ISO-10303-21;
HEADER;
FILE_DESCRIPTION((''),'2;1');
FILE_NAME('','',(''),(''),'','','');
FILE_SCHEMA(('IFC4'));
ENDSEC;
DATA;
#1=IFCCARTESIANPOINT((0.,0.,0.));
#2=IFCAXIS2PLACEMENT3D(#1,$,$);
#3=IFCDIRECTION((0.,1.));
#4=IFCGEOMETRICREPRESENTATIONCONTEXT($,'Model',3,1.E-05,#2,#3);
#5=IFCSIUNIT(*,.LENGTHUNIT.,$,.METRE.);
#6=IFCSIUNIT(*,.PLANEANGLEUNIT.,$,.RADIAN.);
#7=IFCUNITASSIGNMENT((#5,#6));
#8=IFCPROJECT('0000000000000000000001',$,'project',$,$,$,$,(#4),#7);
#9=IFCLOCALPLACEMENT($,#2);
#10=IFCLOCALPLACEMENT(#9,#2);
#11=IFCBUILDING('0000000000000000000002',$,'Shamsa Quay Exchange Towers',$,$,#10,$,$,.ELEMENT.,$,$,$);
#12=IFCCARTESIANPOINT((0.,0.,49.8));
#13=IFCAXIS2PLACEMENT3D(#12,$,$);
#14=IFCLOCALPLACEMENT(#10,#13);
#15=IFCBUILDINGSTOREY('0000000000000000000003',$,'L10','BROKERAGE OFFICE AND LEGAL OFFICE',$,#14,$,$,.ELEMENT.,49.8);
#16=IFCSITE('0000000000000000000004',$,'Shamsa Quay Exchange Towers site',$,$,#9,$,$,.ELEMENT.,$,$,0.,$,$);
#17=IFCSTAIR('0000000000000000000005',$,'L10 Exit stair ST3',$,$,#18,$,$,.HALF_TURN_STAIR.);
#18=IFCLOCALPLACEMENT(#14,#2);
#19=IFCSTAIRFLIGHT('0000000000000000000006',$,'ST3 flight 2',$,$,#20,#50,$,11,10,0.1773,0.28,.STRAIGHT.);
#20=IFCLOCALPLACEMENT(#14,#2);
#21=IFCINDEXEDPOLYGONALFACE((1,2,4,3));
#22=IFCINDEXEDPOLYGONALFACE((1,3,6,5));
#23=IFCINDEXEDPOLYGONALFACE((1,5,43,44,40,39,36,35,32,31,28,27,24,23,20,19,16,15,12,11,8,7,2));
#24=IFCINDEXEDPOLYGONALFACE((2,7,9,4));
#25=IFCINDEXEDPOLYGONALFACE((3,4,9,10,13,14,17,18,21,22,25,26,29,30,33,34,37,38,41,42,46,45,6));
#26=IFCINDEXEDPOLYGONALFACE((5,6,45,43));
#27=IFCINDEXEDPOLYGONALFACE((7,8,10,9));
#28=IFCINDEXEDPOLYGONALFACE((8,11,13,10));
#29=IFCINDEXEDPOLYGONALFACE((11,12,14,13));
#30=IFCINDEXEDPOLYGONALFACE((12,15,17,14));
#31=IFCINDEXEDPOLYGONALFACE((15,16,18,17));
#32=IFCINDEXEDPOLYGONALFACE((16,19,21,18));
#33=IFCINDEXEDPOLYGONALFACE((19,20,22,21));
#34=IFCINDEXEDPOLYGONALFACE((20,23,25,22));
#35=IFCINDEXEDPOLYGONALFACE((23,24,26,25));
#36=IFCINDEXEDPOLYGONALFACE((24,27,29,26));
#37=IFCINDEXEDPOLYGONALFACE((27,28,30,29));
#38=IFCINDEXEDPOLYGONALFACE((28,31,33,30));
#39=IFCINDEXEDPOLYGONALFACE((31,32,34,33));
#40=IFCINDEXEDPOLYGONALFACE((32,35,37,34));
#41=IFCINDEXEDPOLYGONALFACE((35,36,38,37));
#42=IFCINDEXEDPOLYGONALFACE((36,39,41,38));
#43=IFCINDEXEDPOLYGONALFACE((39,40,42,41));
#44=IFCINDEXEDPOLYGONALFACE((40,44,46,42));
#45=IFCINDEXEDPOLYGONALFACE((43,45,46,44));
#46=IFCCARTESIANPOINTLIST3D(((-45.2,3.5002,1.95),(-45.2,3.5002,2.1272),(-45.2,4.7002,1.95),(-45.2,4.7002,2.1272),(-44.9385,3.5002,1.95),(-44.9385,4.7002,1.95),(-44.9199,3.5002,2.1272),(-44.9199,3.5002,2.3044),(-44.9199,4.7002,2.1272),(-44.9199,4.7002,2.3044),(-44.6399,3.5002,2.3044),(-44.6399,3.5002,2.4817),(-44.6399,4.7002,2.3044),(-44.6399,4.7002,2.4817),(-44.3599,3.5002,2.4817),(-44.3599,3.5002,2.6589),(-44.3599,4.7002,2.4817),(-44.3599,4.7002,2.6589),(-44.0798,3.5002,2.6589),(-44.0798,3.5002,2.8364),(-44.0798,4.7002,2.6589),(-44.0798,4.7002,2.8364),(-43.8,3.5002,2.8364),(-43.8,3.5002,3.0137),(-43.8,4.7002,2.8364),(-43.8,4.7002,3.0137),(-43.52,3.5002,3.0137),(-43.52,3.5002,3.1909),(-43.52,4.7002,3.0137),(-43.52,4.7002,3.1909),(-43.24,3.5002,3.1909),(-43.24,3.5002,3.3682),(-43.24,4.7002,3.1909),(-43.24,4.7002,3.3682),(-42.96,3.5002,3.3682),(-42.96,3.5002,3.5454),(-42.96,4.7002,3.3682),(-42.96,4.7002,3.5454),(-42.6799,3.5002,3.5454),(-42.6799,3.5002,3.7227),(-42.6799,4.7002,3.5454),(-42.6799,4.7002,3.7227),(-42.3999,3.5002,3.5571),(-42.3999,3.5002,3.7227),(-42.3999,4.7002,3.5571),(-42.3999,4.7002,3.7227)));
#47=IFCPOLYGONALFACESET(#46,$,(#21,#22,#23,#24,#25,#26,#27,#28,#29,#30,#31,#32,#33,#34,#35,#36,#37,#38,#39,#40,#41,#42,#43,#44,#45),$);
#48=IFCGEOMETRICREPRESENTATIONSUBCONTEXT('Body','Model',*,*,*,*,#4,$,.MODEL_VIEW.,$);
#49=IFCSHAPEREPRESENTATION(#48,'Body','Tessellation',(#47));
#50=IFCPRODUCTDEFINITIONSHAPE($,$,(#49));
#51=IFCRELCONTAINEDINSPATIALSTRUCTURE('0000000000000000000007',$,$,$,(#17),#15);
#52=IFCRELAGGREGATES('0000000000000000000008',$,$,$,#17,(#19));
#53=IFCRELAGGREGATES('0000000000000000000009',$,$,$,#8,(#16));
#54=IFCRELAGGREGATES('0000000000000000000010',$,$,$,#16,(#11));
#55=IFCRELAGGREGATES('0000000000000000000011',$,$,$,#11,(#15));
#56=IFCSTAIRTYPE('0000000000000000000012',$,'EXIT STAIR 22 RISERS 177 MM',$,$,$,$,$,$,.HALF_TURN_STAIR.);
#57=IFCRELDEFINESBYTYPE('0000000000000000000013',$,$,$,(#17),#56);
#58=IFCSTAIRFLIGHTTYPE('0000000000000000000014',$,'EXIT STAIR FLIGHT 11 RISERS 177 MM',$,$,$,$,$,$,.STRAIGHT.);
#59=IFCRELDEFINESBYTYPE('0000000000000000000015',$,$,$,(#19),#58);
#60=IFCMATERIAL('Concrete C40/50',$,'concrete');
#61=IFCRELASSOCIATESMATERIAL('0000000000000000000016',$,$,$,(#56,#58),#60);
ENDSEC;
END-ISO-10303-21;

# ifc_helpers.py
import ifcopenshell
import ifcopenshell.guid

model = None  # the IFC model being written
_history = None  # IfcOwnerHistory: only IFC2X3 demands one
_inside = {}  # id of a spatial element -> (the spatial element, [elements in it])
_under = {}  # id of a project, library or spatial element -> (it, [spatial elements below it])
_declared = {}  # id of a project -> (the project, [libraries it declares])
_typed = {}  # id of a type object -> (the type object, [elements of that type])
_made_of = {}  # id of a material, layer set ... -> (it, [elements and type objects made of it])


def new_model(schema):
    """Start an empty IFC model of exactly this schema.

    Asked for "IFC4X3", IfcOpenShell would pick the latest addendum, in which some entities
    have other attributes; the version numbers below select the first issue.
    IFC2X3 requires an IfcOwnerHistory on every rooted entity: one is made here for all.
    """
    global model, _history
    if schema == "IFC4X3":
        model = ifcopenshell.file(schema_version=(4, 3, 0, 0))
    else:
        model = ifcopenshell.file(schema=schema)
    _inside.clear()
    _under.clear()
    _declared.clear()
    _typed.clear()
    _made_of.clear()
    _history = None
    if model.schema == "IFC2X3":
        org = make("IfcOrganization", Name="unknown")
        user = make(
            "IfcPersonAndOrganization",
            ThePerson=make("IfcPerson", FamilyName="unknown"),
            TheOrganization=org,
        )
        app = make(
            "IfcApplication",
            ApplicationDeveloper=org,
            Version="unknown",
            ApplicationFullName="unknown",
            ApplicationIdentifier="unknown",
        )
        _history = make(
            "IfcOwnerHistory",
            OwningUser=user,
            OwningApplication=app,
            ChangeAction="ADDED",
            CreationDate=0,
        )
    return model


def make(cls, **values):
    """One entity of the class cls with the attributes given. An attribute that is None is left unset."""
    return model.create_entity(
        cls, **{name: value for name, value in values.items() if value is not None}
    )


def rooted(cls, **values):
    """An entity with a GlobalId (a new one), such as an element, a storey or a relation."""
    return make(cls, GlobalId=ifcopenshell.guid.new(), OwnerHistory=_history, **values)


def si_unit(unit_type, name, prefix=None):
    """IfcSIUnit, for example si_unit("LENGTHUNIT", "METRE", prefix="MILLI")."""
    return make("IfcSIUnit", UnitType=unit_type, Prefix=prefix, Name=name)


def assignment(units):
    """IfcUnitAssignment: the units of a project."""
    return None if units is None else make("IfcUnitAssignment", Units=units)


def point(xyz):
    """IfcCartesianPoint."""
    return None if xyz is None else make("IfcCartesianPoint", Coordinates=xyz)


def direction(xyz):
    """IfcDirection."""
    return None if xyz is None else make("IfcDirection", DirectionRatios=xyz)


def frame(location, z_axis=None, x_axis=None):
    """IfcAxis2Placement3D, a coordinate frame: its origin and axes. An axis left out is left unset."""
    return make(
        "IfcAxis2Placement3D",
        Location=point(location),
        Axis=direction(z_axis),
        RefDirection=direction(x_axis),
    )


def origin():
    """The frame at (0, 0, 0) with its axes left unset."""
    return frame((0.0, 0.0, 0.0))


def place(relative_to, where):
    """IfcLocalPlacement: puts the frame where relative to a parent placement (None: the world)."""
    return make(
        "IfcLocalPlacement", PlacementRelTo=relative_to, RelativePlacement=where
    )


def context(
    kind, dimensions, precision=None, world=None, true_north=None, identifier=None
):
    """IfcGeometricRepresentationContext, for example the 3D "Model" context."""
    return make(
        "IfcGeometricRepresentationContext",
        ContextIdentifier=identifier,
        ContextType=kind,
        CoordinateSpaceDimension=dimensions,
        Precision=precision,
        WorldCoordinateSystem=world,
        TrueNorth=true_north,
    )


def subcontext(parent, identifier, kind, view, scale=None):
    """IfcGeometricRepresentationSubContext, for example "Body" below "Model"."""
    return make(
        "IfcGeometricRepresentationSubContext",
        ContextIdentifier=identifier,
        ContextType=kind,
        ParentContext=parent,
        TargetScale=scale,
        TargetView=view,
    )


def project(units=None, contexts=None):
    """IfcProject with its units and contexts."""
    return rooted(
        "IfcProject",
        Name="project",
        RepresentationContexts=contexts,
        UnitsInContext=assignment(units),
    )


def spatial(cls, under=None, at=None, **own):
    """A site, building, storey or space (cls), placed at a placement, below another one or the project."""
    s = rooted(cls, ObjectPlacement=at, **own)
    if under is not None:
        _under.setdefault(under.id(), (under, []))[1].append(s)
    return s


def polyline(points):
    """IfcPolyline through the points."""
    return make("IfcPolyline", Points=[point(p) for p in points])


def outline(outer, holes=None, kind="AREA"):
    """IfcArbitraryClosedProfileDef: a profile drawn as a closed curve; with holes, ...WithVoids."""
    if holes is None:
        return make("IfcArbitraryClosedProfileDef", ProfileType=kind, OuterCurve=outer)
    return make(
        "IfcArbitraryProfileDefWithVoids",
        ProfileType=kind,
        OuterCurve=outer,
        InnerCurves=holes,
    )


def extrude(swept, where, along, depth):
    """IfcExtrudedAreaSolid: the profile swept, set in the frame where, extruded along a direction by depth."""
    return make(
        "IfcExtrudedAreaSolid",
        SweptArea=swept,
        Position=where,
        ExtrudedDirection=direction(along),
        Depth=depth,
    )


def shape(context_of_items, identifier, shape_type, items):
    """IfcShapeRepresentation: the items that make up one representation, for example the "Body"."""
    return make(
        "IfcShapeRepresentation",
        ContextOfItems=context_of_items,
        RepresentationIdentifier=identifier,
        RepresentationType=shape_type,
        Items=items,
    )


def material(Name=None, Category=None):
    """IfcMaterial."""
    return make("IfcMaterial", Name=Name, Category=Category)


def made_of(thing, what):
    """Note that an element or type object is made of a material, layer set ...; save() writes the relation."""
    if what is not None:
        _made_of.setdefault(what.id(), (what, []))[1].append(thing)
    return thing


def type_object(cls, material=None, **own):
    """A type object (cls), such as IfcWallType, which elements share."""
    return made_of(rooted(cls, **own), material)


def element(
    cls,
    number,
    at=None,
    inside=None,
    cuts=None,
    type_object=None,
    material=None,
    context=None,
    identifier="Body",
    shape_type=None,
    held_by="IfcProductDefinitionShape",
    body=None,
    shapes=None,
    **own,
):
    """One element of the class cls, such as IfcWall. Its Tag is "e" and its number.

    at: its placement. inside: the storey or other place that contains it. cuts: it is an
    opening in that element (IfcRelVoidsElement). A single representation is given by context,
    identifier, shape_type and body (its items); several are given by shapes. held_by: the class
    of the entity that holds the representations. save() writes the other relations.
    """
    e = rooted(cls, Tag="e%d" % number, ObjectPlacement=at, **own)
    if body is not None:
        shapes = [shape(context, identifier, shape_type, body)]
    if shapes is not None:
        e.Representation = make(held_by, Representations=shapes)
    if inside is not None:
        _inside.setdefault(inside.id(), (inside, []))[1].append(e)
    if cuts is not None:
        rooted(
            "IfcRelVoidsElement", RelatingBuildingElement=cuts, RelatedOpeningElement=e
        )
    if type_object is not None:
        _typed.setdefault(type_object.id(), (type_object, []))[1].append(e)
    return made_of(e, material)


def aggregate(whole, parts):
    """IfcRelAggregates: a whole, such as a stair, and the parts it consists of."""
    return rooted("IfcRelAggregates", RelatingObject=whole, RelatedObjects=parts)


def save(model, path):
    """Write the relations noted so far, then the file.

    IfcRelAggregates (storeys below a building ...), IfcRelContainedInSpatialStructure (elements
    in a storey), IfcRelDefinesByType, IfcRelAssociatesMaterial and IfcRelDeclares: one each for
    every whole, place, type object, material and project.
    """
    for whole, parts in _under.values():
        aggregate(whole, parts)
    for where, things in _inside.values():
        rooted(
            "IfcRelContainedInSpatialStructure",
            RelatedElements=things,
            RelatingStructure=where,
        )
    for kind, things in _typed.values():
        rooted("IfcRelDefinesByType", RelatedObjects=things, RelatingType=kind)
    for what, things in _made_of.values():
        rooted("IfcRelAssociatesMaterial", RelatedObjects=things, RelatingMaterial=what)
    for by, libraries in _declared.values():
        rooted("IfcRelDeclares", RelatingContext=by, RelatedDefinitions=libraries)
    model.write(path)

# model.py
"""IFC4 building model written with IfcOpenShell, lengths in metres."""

from ifc_helpers import new_model, si_unit, direction, frame, origin, place, context, subcontext, project, spatial, polyline, outline, extrude, material, type_object, element, aggregate, save


model = new_model("IFC4")

# Units and contexts
model_context = context("Model", 3, precision=1e-05, world=origin(), true_north=direction((0.0, 1.0)))
body_context = subcontext(model_context, "Body", "Model", "MODEL_VIEW")
ifc_project = project(units=[si_unit("LENGTHUNIT", "METRE"), si_unit("PLANEANGLEUNIT", "RADIAN")], contexts=[model_context])

# Site, building, storey
site_placement = place(None, origin())
site = spatial("IfcSite", under=ifc_project, at=site_placement, Name="Shamsa Quay Exchange Towers site", CompositionType="ELEMENT", RefElevation=0.0)
building_placement = place(site_placement, origin())
building = spatial("IfcBuilding", under=site, at=building_placement, Name="Shamsa Quay Exchange Towers", CompositionType="ELEMENT")
storey_placement = place(building_placement, frame((0.0, 0.0, 49.8)))
storey = spatial("IfcBuildingStorey", under=building, at=storey_placement, Name="L10", Description="BROKERAGE OFFICE AND LEGAL OFFICE", CompositionType="ELEMENT", Elevation=49.8)

# Stair, stair flight
ifc_material_1 = material(Name="Concrete C40/50", Category="concrete")
stair_type = type_object("IfcStairType", Name="EXIT STAIR 22 RISERS 177 MM", PredefinedType="HALF_TURN_STAIR", material=ifc_material_1)
stair_placement = place(storey_placement, origin())
stair = element("IfcStair", 1, at=stair_placement, inside=storey, type_object=stair_type, Name="L10 Exit stair ST3", PredefinedType="HALF_TURN_STAIR")
stair_flight_type = type_object("IfcStairFlightType", Name="EXIT STAIR FLIGHT 11 RISERS 177 MM", PredefinedType="STRAIGHT", material=ifc_material_1)
stair_flight_1_placement = place(storey_placement, frame((-45.2, 4.1001, 1.95)))
stair_flight_1 = element("IfcStairFlight", 2, at=stair_flight_1_placement, type_object=stair_flight_type, Name="ST3 flight 2", NumberOfRisers=11, NumberOfTreads=10, PredefinedType="STRAIGHT", RiserHeight=0.1773, TreadLength=0.28, context=body_context, shape_type="SweptSolid", body=[
    extrude(outline(polyline([(0.0, 0.0), (0.0, 0.1772), (0.28, 0.1772), (0.28, 0.3545), (0.5601, 0.3545), (0.5601, 0.5317), (0.8401, 0.5317), (0.8401, 0.709), (1.1201, 0.709), (1.1201, 0.8865), (1.3999, 0.8865), (1.3999, 1.0637), (1.6799, 1.0637), (1.6799, 1.241), (1.96, 1.241), (1.96, 1.4182), (2.24, 1.4182), (2.24, 1.5955), (2.52, 1.5955), (2.52, 1.7727), (2.8, 1.7727), (2.8, 1.95), (2.8, 1.6072), (0.2615, 0.0), (0.0, 0.0)])), frame((0.0, 0.6001, 0.0), z_axis=(0.0, -1.0, 0.0), x_axis=(1.0, 0.0, 0.0)), (0.0, 0.0, 1.0), 1.2),
])
aggregate(stair, [stair_flight_1])

save(model, "model.ifc")
